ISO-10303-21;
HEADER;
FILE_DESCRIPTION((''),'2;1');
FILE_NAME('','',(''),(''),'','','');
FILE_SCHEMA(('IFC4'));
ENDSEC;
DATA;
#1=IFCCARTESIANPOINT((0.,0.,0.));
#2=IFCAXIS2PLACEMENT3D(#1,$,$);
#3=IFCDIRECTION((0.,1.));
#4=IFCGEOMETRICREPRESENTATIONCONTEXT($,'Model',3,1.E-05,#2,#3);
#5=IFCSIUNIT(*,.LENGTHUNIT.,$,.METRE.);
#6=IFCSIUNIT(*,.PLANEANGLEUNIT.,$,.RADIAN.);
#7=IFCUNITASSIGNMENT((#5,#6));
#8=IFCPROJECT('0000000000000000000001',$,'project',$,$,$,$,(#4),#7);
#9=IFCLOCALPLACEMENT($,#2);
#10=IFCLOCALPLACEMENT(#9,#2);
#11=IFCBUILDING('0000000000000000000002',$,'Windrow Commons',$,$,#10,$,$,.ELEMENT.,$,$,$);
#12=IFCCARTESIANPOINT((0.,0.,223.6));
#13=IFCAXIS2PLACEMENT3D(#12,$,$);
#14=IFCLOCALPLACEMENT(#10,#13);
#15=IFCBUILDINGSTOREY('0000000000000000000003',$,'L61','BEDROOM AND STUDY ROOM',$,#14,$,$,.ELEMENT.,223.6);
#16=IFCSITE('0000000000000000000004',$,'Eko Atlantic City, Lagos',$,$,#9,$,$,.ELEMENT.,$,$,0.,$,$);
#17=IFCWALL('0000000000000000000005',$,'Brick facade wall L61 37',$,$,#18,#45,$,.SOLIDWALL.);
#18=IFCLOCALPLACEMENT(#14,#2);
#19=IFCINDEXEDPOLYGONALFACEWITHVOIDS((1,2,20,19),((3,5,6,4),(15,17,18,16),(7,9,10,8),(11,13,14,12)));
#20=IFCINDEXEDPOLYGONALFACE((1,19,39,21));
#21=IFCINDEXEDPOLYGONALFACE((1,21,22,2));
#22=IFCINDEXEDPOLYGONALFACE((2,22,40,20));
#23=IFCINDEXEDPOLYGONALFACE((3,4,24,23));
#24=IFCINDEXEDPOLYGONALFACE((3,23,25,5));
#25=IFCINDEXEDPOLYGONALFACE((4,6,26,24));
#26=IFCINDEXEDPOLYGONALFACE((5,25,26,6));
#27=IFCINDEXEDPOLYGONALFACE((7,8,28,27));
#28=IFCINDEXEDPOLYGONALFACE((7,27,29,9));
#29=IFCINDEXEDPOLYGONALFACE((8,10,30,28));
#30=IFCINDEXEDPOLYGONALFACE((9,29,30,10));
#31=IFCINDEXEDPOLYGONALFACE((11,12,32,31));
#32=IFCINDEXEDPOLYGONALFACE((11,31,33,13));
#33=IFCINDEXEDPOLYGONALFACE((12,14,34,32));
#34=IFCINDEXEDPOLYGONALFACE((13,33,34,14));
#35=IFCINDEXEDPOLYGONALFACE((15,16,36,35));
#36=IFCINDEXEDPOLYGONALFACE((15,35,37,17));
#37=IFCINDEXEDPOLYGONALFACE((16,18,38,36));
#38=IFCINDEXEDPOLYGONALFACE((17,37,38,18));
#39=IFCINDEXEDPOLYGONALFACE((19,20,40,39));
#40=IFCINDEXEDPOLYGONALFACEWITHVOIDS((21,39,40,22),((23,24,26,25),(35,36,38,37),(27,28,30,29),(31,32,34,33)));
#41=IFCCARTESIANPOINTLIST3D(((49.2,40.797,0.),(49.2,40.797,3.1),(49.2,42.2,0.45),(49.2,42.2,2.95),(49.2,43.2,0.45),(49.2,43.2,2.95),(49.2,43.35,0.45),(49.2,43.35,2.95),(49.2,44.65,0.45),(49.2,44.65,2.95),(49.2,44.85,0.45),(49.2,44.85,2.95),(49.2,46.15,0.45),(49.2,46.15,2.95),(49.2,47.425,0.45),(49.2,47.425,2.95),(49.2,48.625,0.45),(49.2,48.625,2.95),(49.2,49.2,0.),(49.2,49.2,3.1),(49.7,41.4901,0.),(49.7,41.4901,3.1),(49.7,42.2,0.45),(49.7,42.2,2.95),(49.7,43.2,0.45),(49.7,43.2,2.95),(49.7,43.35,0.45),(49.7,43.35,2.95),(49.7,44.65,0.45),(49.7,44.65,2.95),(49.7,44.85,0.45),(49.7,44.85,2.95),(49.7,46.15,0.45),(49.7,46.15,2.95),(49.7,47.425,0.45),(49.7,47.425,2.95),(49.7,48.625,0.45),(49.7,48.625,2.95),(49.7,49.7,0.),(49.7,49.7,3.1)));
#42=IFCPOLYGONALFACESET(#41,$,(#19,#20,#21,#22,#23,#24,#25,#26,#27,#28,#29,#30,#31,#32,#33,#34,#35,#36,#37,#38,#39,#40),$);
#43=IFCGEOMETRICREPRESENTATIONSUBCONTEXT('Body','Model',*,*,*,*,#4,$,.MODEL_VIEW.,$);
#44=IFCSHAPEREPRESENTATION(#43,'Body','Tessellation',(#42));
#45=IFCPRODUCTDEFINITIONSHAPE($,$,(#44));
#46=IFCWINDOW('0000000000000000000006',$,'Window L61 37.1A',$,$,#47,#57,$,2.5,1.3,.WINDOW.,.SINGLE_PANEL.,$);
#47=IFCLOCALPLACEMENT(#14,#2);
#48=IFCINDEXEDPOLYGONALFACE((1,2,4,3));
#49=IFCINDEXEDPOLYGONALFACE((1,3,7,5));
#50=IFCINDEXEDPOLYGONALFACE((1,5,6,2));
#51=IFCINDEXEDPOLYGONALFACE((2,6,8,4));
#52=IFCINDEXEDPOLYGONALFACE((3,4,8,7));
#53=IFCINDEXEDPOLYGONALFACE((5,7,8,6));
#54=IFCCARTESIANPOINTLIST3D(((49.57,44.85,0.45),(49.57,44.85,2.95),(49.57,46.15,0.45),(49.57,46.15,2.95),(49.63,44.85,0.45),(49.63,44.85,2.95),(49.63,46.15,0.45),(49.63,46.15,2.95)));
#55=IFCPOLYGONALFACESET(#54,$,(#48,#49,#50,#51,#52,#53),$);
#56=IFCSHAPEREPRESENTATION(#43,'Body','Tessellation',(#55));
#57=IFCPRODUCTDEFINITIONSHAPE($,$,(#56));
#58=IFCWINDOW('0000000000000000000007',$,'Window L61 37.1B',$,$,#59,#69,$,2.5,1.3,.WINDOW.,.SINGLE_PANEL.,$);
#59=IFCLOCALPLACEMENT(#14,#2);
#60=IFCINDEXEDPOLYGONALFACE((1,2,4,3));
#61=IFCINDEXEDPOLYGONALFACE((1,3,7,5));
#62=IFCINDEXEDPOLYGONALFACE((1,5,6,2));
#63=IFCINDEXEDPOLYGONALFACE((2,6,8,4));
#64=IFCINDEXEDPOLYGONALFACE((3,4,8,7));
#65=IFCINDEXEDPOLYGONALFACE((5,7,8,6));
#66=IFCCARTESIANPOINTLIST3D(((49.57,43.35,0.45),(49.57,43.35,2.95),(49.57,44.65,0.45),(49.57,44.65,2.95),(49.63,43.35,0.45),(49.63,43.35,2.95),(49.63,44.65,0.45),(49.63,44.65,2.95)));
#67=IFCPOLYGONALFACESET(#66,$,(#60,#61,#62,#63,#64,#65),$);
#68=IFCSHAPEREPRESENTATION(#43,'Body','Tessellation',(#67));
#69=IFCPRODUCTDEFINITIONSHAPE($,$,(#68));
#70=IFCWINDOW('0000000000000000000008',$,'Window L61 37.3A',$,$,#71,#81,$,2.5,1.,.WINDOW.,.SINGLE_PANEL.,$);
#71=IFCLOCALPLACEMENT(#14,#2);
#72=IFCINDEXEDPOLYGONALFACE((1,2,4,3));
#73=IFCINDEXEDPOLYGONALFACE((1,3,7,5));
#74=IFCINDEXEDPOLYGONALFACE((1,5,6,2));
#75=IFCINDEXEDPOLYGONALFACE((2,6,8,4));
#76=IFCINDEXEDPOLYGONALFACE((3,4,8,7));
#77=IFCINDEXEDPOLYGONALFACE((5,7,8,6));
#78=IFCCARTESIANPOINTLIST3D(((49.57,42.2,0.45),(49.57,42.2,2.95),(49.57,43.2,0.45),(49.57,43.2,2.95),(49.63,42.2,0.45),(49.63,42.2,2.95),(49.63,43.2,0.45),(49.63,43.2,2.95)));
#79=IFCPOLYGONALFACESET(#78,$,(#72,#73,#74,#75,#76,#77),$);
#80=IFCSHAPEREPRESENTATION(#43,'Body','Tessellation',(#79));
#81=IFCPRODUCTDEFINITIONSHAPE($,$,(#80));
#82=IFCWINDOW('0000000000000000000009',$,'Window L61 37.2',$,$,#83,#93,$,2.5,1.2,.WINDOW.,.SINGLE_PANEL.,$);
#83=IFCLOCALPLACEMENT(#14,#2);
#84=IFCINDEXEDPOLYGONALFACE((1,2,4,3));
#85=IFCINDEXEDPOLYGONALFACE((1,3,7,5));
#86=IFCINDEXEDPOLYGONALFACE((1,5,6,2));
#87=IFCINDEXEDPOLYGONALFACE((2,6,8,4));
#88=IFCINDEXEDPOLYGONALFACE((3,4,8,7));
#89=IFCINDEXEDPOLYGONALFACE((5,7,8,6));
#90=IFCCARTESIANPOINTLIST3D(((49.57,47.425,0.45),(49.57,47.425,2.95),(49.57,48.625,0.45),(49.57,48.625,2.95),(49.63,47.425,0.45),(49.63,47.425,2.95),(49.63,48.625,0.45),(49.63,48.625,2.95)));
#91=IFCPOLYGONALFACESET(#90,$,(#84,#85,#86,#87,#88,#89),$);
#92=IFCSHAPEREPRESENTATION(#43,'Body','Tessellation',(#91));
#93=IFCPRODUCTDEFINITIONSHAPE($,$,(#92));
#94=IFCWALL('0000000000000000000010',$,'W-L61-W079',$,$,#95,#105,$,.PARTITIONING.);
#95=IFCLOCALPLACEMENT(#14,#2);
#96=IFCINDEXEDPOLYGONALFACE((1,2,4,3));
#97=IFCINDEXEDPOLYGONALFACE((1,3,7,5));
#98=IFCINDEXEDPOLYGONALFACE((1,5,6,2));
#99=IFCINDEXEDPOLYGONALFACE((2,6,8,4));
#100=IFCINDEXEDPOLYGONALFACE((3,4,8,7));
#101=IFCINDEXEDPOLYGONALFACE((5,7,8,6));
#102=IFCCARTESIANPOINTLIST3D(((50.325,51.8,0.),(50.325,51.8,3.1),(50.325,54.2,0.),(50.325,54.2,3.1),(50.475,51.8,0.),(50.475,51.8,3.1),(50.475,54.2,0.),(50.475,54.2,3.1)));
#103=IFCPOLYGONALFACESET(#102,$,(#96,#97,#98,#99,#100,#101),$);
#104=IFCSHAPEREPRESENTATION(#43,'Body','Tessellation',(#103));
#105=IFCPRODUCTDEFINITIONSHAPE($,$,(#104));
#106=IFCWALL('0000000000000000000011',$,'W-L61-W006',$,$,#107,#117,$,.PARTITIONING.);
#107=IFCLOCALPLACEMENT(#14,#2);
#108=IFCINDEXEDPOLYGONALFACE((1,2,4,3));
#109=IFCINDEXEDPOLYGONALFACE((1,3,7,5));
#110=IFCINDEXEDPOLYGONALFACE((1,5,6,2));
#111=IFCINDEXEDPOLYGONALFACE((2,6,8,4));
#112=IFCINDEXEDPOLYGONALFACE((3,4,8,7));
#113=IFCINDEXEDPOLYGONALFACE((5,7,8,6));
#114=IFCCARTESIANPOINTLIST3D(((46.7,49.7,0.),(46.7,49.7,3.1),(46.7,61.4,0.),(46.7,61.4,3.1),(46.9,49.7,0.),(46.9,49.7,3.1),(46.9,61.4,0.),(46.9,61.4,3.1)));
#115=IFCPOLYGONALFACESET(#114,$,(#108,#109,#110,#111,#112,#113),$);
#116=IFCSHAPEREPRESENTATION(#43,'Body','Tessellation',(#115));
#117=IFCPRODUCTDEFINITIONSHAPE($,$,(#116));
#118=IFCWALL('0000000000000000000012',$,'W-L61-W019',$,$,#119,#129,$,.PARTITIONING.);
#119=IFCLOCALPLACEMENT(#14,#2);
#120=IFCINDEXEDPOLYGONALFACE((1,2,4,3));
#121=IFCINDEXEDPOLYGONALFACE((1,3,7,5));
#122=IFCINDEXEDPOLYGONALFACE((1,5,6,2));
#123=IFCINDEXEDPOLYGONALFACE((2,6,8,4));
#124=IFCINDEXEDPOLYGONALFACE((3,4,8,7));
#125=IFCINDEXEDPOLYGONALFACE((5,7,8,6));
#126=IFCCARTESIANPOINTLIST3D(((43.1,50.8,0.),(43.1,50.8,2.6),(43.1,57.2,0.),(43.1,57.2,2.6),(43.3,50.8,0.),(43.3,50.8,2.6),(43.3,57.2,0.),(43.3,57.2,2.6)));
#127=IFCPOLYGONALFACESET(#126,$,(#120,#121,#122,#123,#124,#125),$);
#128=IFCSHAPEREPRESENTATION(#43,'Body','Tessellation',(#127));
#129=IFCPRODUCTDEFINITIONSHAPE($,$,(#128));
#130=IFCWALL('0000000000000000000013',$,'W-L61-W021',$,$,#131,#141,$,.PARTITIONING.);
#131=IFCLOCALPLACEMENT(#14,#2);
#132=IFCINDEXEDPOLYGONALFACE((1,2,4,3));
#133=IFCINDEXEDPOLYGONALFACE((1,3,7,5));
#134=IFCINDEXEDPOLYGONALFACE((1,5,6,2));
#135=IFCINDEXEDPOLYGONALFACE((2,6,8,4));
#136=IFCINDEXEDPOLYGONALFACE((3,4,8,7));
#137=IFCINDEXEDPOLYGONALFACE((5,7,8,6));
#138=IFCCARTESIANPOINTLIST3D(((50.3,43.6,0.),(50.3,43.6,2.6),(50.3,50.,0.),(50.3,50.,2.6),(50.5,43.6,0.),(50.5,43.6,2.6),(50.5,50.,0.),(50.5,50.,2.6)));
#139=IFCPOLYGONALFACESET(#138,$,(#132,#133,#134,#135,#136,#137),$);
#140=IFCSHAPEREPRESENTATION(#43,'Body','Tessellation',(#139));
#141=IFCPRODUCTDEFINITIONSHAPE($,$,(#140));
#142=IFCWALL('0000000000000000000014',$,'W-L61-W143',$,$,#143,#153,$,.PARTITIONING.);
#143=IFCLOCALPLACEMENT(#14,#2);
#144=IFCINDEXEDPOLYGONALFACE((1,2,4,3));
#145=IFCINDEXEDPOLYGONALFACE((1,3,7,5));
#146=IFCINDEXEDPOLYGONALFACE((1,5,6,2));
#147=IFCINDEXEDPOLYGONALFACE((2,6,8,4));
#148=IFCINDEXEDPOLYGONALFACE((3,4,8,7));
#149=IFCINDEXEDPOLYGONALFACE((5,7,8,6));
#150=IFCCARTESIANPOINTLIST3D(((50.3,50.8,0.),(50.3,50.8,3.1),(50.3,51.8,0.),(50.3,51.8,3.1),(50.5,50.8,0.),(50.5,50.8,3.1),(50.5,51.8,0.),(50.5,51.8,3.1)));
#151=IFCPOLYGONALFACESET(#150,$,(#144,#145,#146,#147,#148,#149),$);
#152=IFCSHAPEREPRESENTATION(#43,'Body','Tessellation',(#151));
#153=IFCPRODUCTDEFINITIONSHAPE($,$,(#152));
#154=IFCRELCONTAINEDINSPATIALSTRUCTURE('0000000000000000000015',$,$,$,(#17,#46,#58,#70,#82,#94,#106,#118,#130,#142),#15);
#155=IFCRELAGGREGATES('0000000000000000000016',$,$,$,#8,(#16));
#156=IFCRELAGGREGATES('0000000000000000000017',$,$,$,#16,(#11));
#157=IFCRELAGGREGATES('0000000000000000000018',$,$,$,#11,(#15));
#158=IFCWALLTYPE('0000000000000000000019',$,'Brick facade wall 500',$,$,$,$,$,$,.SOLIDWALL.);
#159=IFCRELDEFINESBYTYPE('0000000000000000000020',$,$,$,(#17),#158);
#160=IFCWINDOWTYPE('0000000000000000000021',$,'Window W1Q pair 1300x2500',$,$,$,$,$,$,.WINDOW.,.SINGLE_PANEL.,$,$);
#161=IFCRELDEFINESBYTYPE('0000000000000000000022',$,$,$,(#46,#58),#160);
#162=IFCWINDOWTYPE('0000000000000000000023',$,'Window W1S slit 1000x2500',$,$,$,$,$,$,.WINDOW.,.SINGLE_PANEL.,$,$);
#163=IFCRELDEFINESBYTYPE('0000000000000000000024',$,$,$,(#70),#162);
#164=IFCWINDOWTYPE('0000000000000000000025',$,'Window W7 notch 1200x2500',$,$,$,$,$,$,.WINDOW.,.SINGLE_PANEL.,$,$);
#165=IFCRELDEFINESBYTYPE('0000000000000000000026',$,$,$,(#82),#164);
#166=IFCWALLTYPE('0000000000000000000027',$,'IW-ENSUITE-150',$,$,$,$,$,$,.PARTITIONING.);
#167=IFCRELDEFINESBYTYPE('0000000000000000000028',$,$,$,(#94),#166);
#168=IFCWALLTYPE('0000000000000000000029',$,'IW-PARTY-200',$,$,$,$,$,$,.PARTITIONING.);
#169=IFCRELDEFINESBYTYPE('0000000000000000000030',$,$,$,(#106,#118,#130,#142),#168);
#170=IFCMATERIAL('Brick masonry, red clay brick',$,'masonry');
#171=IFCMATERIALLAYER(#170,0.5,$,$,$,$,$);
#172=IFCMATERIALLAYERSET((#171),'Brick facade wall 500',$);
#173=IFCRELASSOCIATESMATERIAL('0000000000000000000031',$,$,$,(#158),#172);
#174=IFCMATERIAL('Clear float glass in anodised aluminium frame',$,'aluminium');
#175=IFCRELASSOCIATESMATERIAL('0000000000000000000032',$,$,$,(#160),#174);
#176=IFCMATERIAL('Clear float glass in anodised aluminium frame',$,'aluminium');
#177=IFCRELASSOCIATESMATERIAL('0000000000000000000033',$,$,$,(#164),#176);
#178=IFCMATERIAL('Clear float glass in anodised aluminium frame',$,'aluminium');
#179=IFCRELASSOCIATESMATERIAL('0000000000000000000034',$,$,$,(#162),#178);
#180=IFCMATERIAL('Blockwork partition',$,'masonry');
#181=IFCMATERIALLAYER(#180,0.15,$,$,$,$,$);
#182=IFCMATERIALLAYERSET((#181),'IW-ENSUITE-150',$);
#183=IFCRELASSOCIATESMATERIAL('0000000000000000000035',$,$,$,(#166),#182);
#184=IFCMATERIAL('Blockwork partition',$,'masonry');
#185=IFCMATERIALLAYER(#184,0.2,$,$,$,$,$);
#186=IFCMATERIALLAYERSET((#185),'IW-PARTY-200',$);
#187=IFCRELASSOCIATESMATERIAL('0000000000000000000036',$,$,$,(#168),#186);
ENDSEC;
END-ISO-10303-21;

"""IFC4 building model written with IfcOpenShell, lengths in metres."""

from ifc_helpers import new_model, si_unit, direction, frame, frame_2d, origin, place, context, subcontext, project, spatial, polyline, rectangle, outline, extrude, material, layer, layer_set, type_object, element, fill, save


model = new_model("IFC4")

# Units and contexts
model_context = context("Model", 3, precision=1e-05, world=origin(), true_north=direction((0.0, 1.0)))
body_context = subcontext(model_context, "Body", "Model", "MODEL_VIEW")
ifc_project = project(units=[si_unit("LENGTHUNIT", "METRE"), si_unit("PLANEANGLEUNIT", "RADIAN")], contexts=[model_context])

# Site, building, storey
site_placement = place(None, origin())
site = spatial("IfcSite", under=ifc_project, at=site_placement, Name="Eko Atlantic City, Lagos", CompositionType="ELEMENT", RefElevation=0.0)
building_placement = place(site_placement, origin())
building = spatial("IfcBuilding", under=site, at=building_placement, Name="Windrow Commons", CompositionType="ELEMENT")
storey_placement = place(building_placement, frame((0.0, 0.0, 223.6)))
storey = spatial("IfcBuildingStorey", under=building, at=storey_placement, Name="L61", Description="BEDROOM AND STUDY ROOM", CompositionType="ELEMENT", Elevation=223.6)

# Wall, openings, windows
ifc_material_1 = material(Name="Brick masonry, red clay brick", Category="masonry")
ifc_layer_1 = layer(ifc_material_1, 0.5)
ifc_layer_set_1 = layer_set([ifc_layer_1], Name="Brick facade wall 500")
wall_type_1 = type_object("IfcWallType", Name="Brick facade wall 500", PredefinedType="SOLIDWALL", material=ifc_layer_set_1)
ifc_material_2 = material(Name="Clear float glass in anodised aluminium frame", Category="aluminium")
window_type_1 = type_object("IfcWindowType", Name="Window W1Q pair 1300x2500", PartitioningType="SINGLE_PANEL", PredefinedType="WINDOW", material=ifc_material_2)
ifc_material_3 = material(Name="Clear float glass in anodised aluminium frame", Category="aluminium")
window_type_2 = type_object("IfcWindowType", Name="Window W7 notch 1200x2500", PartitioningType="SINGLE_PANEL", PredefinedType="WINDOW", material=ifc_material_3)
wall_1_placement = place(storey_placement, frame((49.45, 49.45, 0.0), z_axis=(0.0, 0.0, 1.0), x_axis=(0.0, -1.0, 0.0)))
wall_1 = element("IfcWall", 1, at=wall_1_placement, inside=storey, type_object=wall_type_1, Name="Brick facade wall L61 37", PredefinedType="SOLIDWALL", context=body_context, shape_type="SweptSolid", body=[
    extrude(outline(polyline([(0.25, -0.25), (8.653, -0.25), (7.9599, 0.25), (-0.25, 0.25), (0.25, -0.25)])), origin(), (0.0, 0.0, 1.0), 3.1),
])
opening_1_placement = place(wall_1_placement, frame((3.3, 0.0, 0.45)))
opening_1 = element("IfcOpeningElement", 2, at=opening_1_placement, cuts=wall_1, PredefinedType="OPENING", context=body_context, shape_type="SweptSolid", body=[
    extrude(rectangle(XDim=1.3, YDim=2.5, at=frame_2d((0.65, 1.25))), frame((0.0, 0.26, 0.0), z_axis=(0.0, -1.0, 0.0), x_axis=(1.0, 0.0, 0.0)), (0.0, 0.0, 1.0), 0.52),
])
opening_2_placement = place(wall_1_placement, frame((4.8, 0.0, 0.45)))
opening_2 = element("IfcOpeningElement", 3, at=opening_2_placement, cuts=wall_1, PredefinedType="OPENING", context=body_context, shape_type="SweptSolid", body=[
    extrude(rectangle(XDim=1.3, YDim=2.5, at=frame_2d((0.65, 1.25))), frame((0.0, 0.26, 0.0), z_axis=(0.0, -1.0, 0.0), x_axis=(1.0, 0.0, 0.0)), (0.0, 0.0, 1.0), 0.52),
])
opening_3_placement = place(wall_1_placement, frame((0.825, 0.0, 0.45)))
opening_3 = element("IfcOpeningElement", 4, at=opening_3_placement, cuts=wall_1, PredefinedType="OPENING", context=body_context, shape_type="SweptSolid", body=[
    extrude(rectangle(XDim=1.2, YDim=2.5, at=frame_2d((0.6, 1.25))), frame((0.0, 0.26, 0.0), z_axis=(0.0, -1.0, 0.0), x_axis=(1.0, 0.0, 0.0)), (0.0, 0.0, 1.0), 0.52),
])
opening_4_placement = place(wall_1_placement, frame((6.25, 0.0, 0.45)))
opening_4 = element("IfcOpeningElement", 5, at=opening_4_placement, cuts=wall_1, PredefinedType="OPENING", context=body_context, shape_type="SweptSolid", body=[
    extrude(rectangle(XDim=1.0, YDim=2.5, at=frame_2d((0.5, 1.25))), frame((0.0, 0.26, 0.0), z_axis=(0.0, -1.0, 0.0), x_axis=(1.0, 0.0, 0.0)), (0.0, 0.0, 1.0), 0.52),
])
window_1_placement = place(opening_1_placement, origin())
window_1 = element("IfcWindow", 6, at=window_1_placement, inside=storey, type_object=window_type_1, Name="Window L61 37.1A", OverallHeight=2.5, OverallWidth=1.3, PartitioningType="SINGLE_PANEL", PredefinedType="WINDOW", context=body_context, shape_type="SweptSolid", body=[
    extrude(rectangle(XDim=1.3, YDim=2.5, at=frame_2d((0.65, 1.25))), frame((0.0, 0.18, 0.0), z_axis=(0.0, -1.0, 0.0), x_axis=(1.0, 0.0, 0.0)), (0.0, 0.0, 1.0), 0.06),
])
fill(opening_1, window_1)
window_2_placement = place(opening_2_placement, origin())
window_2 = element("IfcWindow", 7, at=window_2_placement, inside=storey, type_object=window_type_1, Name="Window L61 37.1B", OverallHeight=2.5, OverallWidth=1.3, PartitioningType="SINGLE_PANEL", PredefinedType="WINDOW", context=body_context, shape_type="SweptSolid", body=[
    extrude(rectangle(XDim=1.3, YDim=2.5, at=frame_2d((0.65, 1.25))), frame((0.0, 0.18, 0.0), z_axis=(0.0, -1.0, 0.0), x_axis=(1.0, 0.0, 0.0)), (0.0, 0.0, 1.0), 0.06),
])
fill(opening_2, window_2)
ifc_material_4 = material(Name="Clear float glass in anodised aluminium frame", Category="aluminium")
window_type_3 = type_object("IfcWindowType", Name="Window W1S slit 1000x2500", PartitioningType="SINGLE_PANEL", PredefinedType="WINDOW", material=ifc_material_4)
window_3_placement = place(opening_4_placement, origin())
window_3 = element("IfcWindow", 8, at=window_3_placement, inside=storey, type_object=window_type_3, Name="Window L61 37.3A", OverallHeight=2.5, OverallWidth=1.0, PartitioningType="SINGLE_PANEL", PredefinedType="WINDOW", context=body_context, shape_type="SweptSolid", body=[
    extrude(rectangle(XDim=1.0, YDim=2.5, at=frame_2d((0.5, 1.25))), frame((0.0, 0.18, 0.0), z_axis=(0.0, -1.0, 0.0), x_axis=(1.0, 0.0, 0.0)), (0.0, 0.0, 1.0), 0.06),
])
fill(opening_4, window_3)
window_4_placement = place(opening_3_placement, origin())
window_4 = element("IfcWindow", 9, at=window_4_placement, inside=storey, type_object=window_type_2, Name="Window L61 37.2", OverallHeight=2.5, OverallWidth=1.2, PartitioningType="SINGLE_PANEL", PredefinedType="WINDOW", context=body_context, shape_type="SweptSolid", body=[
    extrude(rectangle(XDim=1.2, YDim=2.5, at=frame_2d((0.6, 1.25))), frame((0.0, 0.18, 0.0), z_axis=(0.0, -1.0, 0.0), x_axis=(1.0, 0.0, 0.0)), (0.0, 0.0, 1.0), 0.06),
])
fill(opening_3, window_4)

# Walls
ifc_material_5 = material(Name="Blockwork partition", Category="masonry")
ifc_layer_2 = layer(ifc_material_5, 0.15)
ifc_layer_set_2 = layer_set([ifc_layer_2], Name="IW-ENSUITE-150")
wall_type_2 = type_object("IfcWallType", Name="IW-ENSUITE-150", PredefinedType="PARTITIONING", material=ifc_layer_set_2)
wall_2_placement = place(storey_placement, frame((50.4, 51.8, 0.0), z_axis=(0.0, 0.0, 1.0), x_axis=(0.0, 1.0, 0.0)))
element("IfcWall", 10, at=wall_2_placement, inside=storey, type_object=wall_type_2, Name="W-L61-W079", PredefinedType="PARTITIONING", context=body_context, shape_type="SweptSolid", body=[
    extrude(rectangle(XDim=2.4, YDim=0.15, at=frame_2d((1.2, 0.0))), origin(), (0.0, 0.0, 1.0), 3.1),
])
ifc_material_6 = material(Name="Blockwork partition", Category="masonry")
ifc_layer_3 = layer(ifc_material_6, 0.2)
ifc_layer_set_3 = layer_set([ifc_layer_3], Name="IW-PARTY-200")
wall_type_3 = type_object("IfcWallType", Name="IW-PARTY-200", PredefinedType="PARTITIONING", material=ifc_layer_set_3)
wall_3_placement = place(storey_placement, frame((46.8, 49.7, 0.0), z_axis=(0.0, 0.0, 1.0), x_axis=(0.0, 1.0, 0.0)))
element("IfcWall", 11, at=wall_3_placement, inside=storey, type_object=wall_type_3, Name="W-L61-W006", PredefinedType="PARTITIONING", context=body_context, shape_type="SweptSolid", body=[
    extrude(rectangle(XDim=11.7, YDim=0.2, at=frame_2d((5.85, 0.0))), origin(), (0.0, 0.0, 1.0), 3.1),
])
for number, where, z_axis, x_axis, name in (
    (12, (43.2, 50.8, 0.0), (0.0, 0.0, 1.0), (0.0, 1.0, 0.0), "W-L61-W019"),
    (13, (50.4, 43.6, 0.0), (0.0, 0.0, 1.0), (0.0, 1.0, 0.0), "W-L61-W021"),
):
    element("IfcWall", number, at=place(storey_placement, frame(where, z_axis=z_axis, x_axis=x_axis)), inside=storey, type_object=wall_type_3, Name=name, PredefinedType="PARTITIONING", context=body_context, shape_type="SweptSolid", body=[
        extrude(rectangle(XDim=6.4, YDim=0.2, at=frame_2d((3.2, 0.0))), origin(), (0.0, 0.0, 1.0), 2.6),
    ])
wall_4_placement = place(storey_placement, frame((50.4, 50.8, 0.0), z_axis=(0.0, 0.0, 1.0), x_axis=(0.0, 1.0, 0.0)))
element("IfcWall", 14, at=wall_4_placement, inside=storey, type_object=wall_type_3, Name="W-L61-W143", PredefinedType="PARTITIONING", context=body_context, shape_type="SweptSolid", body=[
    extrude(rectangle(XDim=1.0, YDim=0.2, at=frame_2d((0.5, 0.0))), origin(), (0.0, 0.0, 1.0), 3.1),
])

save(model, "model.ifc")
